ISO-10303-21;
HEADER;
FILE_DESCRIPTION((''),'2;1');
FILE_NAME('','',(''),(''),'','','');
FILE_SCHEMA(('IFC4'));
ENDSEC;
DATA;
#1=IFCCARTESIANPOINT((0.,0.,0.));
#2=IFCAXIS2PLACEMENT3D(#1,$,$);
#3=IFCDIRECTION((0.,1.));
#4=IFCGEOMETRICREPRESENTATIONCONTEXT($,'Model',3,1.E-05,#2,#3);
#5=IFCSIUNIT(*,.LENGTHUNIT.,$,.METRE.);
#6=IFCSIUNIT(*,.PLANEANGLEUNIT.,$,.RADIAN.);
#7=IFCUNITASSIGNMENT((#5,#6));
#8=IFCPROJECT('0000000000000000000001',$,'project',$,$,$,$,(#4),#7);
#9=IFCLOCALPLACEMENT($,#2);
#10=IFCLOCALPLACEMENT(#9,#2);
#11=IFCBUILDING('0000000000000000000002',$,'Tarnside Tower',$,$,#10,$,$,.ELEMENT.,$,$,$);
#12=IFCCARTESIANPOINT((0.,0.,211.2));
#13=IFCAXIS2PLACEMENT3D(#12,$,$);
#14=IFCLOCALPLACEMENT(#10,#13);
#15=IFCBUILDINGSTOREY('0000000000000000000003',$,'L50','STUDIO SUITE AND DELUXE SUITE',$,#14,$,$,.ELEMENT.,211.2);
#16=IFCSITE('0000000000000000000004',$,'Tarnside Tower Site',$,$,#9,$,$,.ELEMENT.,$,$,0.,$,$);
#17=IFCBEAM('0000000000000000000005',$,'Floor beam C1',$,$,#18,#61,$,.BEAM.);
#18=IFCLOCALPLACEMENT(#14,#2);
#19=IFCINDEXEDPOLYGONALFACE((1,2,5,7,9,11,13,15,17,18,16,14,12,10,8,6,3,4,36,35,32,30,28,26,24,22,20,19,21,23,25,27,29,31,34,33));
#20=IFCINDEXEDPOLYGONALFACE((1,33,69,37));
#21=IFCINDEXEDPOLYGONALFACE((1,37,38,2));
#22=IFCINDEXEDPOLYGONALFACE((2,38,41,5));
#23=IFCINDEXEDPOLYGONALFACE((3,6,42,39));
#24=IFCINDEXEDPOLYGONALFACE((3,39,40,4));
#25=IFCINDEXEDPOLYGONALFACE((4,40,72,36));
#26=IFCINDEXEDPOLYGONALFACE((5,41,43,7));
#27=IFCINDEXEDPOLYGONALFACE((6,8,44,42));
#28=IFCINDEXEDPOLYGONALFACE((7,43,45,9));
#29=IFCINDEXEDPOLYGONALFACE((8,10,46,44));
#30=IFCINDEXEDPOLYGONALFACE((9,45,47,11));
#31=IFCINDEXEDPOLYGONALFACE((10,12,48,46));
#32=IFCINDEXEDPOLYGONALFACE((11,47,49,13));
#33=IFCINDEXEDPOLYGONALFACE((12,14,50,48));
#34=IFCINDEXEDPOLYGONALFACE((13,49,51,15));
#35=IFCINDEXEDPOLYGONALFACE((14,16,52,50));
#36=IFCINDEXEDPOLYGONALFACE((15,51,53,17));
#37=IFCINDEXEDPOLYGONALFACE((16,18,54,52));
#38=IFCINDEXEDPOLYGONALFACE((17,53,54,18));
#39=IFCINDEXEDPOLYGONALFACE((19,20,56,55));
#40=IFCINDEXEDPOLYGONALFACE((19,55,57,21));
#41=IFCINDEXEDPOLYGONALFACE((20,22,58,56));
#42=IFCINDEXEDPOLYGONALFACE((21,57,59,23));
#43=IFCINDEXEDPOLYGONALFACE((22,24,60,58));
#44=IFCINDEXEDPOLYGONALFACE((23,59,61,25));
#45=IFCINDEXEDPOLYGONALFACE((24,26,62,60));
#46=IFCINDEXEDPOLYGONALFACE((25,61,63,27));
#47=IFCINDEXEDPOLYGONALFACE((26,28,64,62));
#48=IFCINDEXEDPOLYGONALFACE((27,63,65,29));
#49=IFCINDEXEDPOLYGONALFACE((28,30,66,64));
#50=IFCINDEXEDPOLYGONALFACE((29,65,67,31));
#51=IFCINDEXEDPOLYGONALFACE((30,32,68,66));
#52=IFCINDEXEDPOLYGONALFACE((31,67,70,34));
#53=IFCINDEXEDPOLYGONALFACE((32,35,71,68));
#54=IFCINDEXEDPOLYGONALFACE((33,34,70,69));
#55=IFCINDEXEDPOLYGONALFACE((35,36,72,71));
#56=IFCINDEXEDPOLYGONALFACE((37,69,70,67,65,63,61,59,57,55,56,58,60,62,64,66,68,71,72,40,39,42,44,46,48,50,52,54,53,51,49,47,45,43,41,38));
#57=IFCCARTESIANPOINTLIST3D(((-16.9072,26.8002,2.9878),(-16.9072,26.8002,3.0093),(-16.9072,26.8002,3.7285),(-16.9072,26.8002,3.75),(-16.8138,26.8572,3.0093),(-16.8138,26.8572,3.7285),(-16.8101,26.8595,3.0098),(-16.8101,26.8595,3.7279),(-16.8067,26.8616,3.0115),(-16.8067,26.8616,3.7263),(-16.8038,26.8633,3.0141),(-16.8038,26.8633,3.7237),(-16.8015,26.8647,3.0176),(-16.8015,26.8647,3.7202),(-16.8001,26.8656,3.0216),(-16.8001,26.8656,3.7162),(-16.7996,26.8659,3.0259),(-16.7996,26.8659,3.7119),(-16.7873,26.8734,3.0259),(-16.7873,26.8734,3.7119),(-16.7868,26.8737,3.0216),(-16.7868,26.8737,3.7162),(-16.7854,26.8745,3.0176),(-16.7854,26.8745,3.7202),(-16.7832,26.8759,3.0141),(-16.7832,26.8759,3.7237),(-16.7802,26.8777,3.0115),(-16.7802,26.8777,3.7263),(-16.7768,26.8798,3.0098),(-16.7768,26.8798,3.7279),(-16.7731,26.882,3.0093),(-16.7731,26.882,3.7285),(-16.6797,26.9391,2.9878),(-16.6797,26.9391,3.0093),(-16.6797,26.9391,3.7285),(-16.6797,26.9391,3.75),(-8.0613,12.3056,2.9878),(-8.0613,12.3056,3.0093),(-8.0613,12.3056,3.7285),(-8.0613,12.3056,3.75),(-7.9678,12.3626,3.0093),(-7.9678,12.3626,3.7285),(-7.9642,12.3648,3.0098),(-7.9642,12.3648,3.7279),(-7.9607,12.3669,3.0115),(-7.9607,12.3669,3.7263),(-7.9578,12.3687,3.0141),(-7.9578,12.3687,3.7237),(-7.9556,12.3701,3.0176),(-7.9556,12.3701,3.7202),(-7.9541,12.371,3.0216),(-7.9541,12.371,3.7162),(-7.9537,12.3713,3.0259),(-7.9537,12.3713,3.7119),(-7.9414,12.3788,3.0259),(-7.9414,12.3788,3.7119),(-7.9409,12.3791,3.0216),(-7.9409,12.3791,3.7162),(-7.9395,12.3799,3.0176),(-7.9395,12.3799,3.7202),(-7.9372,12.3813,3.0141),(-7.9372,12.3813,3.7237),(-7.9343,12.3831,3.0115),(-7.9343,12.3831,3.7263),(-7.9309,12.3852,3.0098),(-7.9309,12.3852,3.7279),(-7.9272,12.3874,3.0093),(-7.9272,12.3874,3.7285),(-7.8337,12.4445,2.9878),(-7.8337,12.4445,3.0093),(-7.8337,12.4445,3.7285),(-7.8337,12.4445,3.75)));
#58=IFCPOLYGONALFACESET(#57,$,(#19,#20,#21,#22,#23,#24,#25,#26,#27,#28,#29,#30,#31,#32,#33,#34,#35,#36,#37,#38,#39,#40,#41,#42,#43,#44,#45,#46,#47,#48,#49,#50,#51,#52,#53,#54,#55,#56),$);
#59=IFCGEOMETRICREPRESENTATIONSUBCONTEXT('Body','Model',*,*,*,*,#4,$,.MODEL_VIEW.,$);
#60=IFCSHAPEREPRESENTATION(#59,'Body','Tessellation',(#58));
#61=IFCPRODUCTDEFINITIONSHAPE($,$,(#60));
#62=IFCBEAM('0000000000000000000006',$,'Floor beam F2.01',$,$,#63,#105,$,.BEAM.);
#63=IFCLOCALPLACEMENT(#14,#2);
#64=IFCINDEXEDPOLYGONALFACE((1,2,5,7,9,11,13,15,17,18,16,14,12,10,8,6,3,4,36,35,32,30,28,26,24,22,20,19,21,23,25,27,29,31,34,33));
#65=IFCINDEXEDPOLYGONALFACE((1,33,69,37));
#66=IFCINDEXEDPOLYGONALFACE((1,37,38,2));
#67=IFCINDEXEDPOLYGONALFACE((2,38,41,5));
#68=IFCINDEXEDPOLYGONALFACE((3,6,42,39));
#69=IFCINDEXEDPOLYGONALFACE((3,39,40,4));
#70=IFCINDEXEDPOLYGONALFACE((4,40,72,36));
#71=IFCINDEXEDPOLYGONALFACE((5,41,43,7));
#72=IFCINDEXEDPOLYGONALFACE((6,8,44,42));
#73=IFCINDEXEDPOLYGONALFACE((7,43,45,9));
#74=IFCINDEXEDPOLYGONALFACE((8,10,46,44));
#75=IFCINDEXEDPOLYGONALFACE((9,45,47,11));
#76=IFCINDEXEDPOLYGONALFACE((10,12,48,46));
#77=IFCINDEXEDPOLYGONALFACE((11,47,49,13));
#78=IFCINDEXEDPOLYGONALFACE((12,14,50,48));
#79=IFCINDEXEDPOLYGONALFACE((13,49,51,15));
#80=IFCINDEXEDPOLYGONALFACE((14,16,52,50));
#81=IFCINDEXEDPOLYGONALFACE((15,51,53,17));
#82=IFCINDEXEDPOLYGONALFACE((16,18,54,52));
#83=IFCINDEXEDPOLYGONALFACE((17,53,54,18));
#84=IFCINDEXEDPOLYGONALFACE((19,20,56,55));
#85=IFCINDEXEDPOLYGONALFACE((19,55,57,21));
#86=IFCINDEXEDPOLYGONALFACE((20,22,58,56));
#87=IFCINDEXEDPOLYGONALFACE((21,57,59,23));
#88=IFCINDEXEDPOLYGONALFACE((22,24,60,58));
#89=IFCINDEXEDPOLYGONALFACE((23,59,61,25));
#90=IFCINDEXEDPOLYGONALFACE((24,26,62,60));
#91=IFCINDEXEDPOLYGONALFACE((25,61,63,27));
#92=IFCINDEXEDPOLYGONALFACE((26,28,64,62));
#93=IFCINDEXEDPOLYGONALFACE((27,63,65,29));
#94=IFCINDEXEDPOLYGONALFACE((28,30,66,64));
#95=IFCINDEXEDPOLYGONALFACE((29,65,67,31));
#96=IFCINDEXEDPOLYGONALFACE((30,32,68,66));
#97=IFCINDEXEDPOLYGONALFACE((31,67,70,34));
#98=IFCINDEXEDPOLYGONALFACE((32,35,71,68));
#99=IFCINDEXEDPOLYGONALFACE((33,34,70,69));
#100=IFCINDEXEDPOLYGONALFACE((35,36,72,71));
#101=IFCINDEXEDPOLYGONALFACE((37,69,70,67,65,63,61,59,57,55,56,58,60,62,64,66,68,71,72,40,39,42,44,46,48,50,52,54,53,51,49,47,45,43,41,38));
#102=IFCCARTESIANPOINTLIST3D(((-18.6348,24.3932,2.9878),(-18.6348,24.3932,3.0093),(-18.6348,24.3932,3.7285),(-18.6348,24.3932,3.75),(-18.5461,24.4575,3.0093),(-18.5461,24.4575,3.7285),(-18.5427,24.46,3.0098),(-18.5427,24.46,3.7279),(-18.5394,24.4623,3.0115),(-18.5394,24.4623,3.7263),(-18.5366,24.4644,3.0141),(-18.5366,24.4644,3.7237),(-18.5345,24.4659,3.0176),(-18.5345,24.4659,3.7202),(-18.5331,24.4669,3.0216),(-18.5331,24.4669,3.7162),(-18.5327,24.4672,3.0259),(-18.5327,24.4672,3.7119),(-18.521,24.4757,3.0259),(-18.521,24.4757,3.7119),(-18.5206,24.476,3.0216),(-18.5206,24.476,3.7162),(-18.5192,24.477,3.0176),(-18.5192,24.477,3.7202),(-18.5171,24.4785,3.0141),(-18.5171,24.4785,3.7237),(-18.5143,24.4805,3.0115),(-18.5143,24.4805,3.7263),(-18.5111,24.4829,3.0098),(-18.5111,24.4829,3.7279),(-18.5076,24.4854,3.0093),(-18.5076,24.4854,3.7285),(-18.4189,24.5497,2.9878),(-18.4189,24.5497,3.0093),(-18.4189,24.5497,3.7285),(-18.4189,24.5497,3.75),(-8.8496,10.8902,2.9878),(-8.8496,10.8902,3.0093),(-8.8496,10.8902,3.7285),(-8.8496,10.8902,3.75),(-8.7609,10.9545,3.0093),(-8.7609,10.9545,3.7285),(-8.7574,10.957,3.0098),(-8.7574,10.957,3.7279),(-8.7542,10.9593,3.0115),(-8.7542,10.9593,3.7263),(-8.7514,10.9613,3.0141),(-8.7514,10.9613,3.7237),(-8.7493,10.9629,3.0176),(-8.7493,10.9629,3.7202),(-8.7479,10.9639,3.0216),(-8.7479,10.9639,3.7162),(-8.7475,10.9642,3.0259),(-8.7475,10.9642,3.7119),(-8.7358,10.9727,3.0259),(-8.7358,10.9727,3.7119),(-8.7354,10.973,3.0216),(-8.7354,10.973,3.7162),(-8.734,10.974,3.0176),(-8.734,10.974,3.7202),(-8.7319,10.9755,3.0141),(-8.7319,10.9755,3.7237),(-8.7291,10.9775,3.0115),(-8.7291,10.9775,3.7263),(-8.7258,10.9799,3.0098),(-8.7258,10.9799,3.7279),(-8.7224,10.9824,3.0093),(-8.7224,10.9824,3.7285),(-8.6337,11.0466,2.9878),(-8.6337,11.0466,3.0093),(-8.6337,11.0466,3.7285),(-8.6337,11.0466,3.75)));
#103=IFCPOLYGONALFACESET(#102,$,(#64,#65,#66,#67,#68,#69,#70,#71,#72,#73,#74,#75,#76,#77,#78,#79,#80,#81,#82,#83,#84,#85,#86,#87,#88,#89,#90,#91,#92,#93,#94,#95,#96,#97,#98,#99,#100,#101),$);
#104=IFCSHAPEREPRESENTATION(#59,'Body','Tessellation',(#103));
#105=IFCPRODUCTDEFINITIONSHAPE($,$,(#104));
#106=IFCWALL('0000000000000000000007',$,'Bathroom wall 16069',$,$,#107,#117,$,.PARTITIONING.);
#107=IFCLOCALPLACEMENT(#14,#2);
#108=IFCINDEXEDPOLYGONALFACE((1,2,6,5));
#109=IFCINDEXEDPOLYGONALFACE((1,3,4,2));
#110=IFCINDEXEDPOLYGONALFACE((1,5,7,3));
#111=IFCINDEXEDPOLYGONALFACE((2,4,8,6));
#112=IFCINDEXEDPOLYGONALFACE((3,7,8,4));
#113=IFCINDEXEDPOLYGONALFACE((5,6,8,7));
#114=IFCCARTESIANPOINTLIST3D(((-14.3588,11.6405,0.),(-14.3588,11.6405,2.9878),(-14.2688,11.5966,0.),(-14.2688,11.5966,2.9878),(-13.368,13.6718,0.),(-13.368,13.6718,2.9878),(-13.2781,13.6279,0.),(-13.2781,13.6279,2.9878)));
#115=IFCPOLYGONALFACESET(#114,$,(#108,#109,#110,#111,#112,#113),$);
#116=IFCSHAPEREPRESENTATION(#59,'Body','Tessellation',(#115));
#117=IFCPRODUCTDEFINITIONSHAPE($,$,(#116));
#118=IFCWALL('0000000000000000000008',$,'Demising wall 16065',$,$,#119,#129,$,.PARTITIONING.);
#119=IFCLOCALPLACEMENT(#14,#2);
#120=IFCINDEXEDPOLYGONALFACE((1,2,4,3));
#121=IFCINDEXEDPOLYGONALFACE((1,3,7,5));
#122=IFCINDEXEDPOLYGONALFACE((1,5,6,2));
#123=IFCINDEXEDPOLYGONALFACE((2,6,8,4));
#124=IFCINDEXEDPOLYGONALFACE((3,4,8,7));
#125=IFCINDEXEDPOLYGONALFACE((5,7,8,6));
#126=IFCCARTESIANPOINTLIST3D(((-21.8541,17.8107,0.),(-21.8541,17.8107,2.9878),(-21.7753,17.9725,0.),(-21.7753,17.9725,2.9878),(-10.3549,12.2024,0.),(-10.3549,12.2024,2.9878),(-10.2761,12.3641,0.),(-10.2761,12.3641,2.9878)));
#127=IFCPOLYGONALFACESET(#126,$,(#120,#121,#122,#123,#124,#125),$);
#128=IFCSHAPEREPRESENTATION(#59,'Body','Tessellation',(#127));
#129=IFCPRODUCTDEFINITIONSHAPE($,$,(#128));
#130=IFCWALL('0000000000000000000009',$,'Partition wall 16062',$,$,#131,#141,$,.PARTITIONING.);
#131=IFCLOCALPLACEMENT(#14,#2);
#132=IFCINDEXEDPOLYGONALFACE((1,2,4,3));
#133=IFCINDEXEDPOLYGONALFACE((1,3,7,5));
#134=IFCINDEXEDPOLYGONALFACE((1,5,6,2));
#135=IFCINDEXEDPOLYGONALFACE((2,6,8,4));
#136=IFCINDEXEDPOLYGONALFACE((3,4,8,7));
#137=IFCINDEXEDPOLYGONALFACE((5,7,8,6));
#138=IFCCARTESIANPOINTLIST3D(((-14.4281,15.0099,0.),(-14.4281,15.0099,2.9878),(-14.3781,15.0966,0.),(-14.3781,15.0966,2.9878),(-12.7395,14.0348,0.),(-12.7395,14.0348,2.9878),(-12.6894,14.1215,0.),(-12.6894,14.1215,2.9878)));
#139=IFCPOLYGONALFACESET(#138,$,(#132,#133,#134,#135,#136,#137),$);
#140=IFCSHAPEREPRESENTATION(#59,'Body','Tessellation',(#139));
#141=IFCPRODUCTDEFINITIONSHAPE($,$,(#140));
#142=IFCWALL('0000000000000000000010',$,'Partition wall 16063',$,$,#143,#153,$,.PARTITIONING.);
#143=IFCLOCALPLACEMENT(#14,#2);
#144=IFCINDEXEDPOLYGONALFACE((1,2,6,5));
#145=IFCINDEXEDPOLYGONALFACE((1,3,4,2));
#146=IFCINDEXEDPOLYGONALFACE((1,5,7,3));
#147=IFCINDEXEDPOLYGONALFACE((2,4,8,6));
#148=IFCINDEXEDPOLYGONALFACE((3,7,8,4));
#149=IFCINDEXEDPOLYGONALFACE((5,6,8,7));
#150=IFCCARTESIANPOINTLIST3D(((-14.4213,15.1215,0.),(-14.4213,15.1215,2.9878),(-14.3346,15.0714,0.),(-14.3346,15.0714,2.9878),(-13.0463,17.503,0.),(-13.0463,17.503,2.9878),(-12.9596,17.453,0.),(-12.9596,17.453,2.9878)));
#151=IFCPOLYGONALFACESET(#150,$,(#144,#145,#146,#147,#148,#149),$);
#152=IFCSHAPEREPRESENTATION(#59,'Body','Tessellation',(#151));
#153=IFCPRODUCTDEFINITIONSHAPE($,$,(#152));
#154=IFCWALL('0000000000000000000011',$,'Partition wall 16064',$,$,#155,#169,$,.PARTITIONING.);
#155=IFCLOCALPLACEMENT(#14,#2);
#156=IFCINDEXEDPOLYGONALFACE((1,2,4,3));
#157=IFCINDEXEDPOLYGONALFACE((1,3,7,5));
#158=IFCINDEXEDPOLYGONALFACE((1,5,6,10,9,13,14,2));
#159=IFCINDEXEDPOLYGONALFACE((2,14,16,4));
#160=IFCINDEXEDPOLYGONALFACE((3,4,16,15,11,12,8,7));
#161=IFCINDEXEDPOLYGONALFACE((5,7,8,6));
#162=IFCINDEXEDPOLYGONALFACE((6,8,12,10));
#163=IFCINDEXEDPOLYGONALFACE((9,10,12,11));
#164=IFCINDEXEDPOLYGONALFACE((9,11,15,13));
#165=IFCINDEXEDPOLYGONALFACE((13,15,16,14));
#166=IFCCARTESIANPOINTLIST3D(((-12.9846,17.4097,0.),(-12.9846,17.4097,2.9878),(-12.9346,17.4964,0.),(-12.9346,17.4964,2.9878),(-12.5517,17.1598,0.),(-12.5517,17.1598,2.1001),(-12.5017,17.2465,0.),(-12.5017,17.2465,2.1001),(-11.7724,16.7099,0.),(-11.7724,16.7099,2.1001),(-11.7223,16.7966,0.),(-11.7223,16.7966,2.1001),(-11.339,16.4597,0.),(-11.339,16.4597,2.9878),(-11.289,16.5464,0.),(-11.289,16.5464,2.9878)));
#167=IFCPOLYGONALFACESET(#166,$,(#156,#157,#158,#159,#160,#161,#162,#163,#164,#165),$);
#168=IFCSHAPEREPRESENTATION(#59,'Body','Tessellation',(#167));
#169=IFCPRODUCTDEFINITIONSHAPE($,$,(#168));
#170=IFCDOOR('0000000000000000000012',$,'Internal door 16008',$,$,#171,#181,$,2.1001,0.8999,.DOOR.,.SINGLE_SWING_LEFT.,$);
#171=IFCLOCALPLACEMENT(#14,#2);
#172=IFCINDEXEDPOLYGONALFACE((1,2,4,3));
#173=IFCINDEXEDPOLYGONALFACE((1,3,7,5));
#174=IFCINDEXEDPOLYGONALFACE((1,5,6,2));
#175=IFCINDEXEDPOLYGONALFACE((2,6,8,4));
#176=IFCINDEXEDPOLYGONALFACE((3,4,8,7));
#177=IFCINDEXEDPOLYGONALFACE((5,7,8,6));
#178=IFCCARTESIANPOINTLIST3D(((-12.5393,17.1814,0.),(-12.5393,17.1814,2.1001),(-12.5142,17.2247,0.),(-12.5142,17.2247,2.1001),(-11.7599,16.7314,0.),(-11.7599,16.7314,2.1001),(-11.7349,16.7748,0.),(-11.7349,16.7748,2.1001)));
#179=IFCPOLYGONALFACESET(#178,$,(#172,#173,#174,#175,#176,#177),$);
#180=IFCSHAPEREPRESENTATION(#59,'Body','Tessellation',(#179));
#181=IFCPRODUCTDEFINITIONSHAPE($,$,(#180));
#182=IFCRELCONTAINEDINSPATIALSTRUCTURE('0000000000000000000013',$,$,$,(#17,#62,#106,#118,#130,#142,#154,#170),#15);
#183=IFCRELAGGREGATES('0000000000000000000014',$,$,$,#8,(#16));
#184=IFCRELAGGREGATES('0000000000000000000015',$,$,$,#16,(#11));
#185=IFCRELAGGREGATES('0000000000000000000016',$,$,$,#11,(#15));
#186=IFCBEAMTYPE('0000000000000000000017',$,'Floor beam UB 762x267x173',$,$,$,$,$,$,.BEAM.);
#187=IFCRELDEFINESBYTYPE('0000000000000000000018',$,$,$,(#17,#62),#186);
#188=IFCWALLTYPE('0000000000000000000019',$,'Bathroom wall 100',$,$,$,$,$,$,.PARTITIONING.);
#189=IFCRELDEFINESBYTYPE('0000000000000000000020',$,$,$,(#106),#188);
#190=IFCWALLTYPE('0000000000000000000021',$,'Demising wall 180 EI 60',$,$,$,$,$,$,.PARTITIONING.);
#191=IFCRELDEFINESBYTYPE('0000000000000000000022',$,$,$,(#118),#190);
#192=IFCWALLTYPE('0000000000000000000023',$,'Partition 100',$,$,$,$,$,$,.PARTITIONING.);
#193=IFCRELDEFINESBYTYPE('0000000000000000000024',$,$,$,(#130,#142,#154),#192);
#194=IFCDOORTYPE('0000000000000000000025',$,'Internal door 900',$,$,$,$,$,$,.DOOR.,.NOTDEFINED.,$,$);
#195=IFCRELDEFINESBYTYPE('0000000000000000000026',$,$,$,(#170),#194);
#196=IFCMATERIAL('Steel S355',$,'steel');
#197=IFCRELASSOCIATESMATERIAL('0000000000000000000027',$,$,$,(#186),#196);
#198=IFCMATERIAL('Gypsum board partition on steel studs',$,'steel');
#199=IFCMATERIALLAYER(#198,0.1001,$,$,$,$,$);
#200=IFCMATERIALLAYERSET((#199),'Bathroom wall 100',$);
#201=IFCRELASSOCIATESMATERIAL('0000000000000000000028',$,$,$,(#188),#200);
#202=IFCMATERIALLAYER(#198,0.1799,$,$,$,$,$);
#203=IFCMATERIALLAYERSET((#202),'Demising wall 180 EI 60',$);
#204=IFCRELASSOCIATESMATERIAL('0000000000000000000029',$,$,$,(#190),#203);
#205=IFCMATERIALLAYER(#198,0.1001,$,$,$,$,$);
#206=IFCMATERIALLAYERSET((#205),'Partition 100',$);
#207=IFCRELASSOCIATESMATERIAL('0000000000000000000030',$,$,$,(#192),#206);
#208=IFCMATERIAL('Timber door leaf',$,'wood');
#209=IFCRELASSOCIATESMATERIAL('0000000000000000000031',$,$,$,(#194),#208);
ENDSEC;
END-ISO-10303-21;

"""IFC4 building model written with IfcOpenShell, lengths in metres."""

from ifc_helpers import new_model, si_unit, direction, frame, frame_2d, origin, origin_2d, place, context, subcontext, project, spatial, rectangle, i_section, extrude, material, layer, layer_set, material_profile, profile_set, type_object, element, fill, save


model = new_model("IFC4")

# Units and contexts
model_context = context("Model", 3, precision=1e-05, world=origin(), true_north=direction((0.0, 1.0)))
body_context = subcontext(model_context, "Body", "Model", "MODEL_VIEW")
ifc_project = project(units=[si_unit("LENGTHUNIT", "METRE"), si_unit("PLANEANGLEUNIT", "RADIAN")], contexts=[model_context])

# Site, building, storey
site_placement = place(None, origin())
site = spatial("IfcSite", under=ifc_project, at=site_placement, Name="Tarnside Tower Site", CompositionType="ELEMENT", RefElevation=0.0)
building_placement = place(site_placement, origin())
building = spatial("IfcBuilding", under=site, at=building_placement, Name="Tarnside Tower", CompositionType="ELEMENT")
storey_placement = place(building_placement, frame((0.0, 0.0, 211.2)))
storey = spatial("IfcBuildingStorey", under=building, at=storey_placement, Name="L50", Description="STUDIO SUITE AND DELUXE SUITE", CompositionType="ELEMENT", Elevation=211.2)

# Beams
ifc_material_1 = material(Name="Steel S355", Category="steel")
ifc_material_profile_1 = material_profile(ifc_material_1, i_section(OverallWidth=0.2666, OverallDepth=0.7622, WebThickness=0.0144, FlangeThickness=0.0215, FilletRadius=0.0166, at=origin_2d()), Name="UB 762x267x173")
ifc_profile_set_1 = profile_set([ifc_material_profile_1], Name="Steel S355")
beam_type_1 = type_object("IfcBeamType", Name="Floor beam UB 762x267x173", PredefinedType="BEAM", material=ifc_profile_set_1)
beam_1_placement = place(storey_placement, frame((-16.7935, 26.8696, 3.3689), z_axis=(0.52094, -0.853593, 0.0), x_axis=(0.853593, 0.52094, 0.0)))
element("IfcBeam", 1, at=beam_1_placement, inside=storey, type_object=beam_type_1, Name="Floor beam C1", PredefinedType="BEAM", context=body_context, shape_type="SweptSolid", body=[
    extrude(i_section(OverallWidth=0.2666, OverallDepth=0.7622, WebThickness=0.0144, FlangeThickness=0.0215, FilletRadius=0.0166, at=origin_2d()), origin(), (0.0, 0.0, 1.0), 16.9807),
])
beam_2_placement = place(storey_placement, frame((-18.5269, 24.4714, 3.3689), z_axis=(0.586792, -0.809738, 0.0), x_axis=(0.809738, 0.586792, 0.0)))
element("IfcBeam", 2, at=beam_2_placement, inside=storey, type_object=beam_type_1, Name="Floor beam F2.01", PredefinedType="BEAM", context=body_context, shape_type="SweptSolid", body=[
    extrude(i_section(OverallWidth=0.2666, OverallDepth=0.7622, WebThickness=0.0144, FlangeThickness=0.0215, FilletRadius=0.0166, at=origin_2d()), origin(), (0.0, 0.0, 1.0), 16.6758),
])

# Walls
ifc_material_2 = material(Name="Gypsum board partition on steel studs", Category="steel")
ifc_layer_1 = layer(ifc_material_2, 0.1001)
ifc_layer_set_1 = layer_set([ifc_layer_1], Name="Bathroom wall 100")
wall_type_1 = type_object("IfcWallType", Name="Bathroom wall 100", PredefinedType="PARTITIONING", material=ifc_layer_set_1)
wall_1_placement = place(storey_placement, frame((-14.3137, 11.6187, 0.0), z_axis=(0.0, 0.0, 1.0), x_axis=(0.438377, 0.898791, 0.0)))
element("IfcWall", 3, at=wall_1_placement, inside=storey, type_object=wall_type_1, Name="Bathroom wall 16069", PredefinedType="PARTITIONING", context=body_context, shape_type="SweptSolid", body=[
    extrude(rectangle(XDim=2.26, YDim=0.1001, at=frame_2d((1.1299, 0.0))), origin(), (0.0, 0.0, 1.0), 2.9878),
])
ifc_layer_2 = layer(ifc_material_2, 0.1799)
ifc_layer_set_2 = layer_set([ifc_layer_2], Name="Demising wall 180 EI 60")
wall_type_2 = type_object("IfcWallType", Name="Demising wall 180 EI 60", PredefinedType="PARTITIONING", material=ifc_layer_set_2)
wall_2_placement = place(storey_placement, frame((-21.8147, 17.8916, 0.0), z_axis=(0.0, 0.0, 1.0), x_axis=(0.898799, -0.43836, 0.0)))
element("IfcWall", 4, at=wall_2_placement, inside=storey, type_object=wall_type_2, Name="Demising wall 16065", PredefinedType="PARTITIONING", context=body_context, shape_type="SweptSolid", body=[
    extrude(rectangle(XDim=12.7939, YDim=0.1799, at=frame_2d((6.397, 0.0))), origin(), (0.0, 0.0, 1.0), 2.9878),
])
ifc_layer_3 = layer(ifc_material_2, 0.1001)
ifc_layer_set_3 = layer_set([ifc_layer_3], Name="Partition 100")
wall_type_3 = type_object("IfcWallType", Name="Partition 100", PredefinedType="PARTITIONING", material=ifc_layer_set_3)
wall_3_placement = place(storey_placement, frame((-12.7144, 14.0781, 0.0), z_axis=(0.0, 0.0, 1.0), x_axis=(-0.866, 0.500044, 0.0)))
element("IfcWall", 5, at=wall_3_placement, inside=storey, type_object=wall_type_3, Name="Partition wall 16062", PredefinedType="PARTITIONING", context=body_context, shape_type="SweptSolid", body=[
    extrude(rectangle(XDim=1.95, YDim=0.1001, at=frame_2d((0.9751, 0.0))), origin(), (0.0, 0.0, 1.0), 2.9878),
])
wall_4_placement = place(storey_placement, frame((-14.3779, 15.0964, 0.0), z_axis=(0.0, 0.0, 1.0), x_axis=(0.499997, 0.866027, 0.0)))
element("IfcWall", 6, at=wall_4_placement, inside=storey, type_object=wall_type_3, Name="Partition wall 16063", PredefinedType="PARTITIONING", context=body_context, shape_type="SweptSolid", body=[
    extrude(rectangle(XDim=2.75, YDim=0.1001, at=frame_2d((1.375, 0.0))), origin(), (0.0, 0.0, 1.0), 2.9878),
])

# Wall, opening, door
wall_5_placement = place(storey_placement, frame((-12.9597, 17.4531, 0.0), z_axis=(0.0, 0.0, 1.0), x_axis=(0.866044, -0.499967, 0.0)))
wall_5 = element("IfcWall", 7, at=wall_5_placement, inside=storey, type_object=wall_type_3, Name="Partition wall 16064", PredefinedType="PARTITIONING", context=body_context, shape_type="SweptSolid", body=[
    extrude(rectangle(XDim=1.9001, YDim=0.1001, at=frame_2d((0.9502, 0.0))), origin(), (0.0, 0.0, 1.0), 2.9878),
])
opening_1_placement = place(wall_5_placement, frame((0.5, 0.0, 0.0)))
opening_1 = element("IfcOpeningElement", 8, at=opening_1_placement, cuts=wall_5, PredefinedType="OPENING", context=body_context, shape_type="SweptSolid", body=[
    extrude(rectangle(XDim=0.8999, YDim=2.1001, at=frame_2d((0.45, 1.05))), frame((0.0, 0.0601, 0.0), z_axis=(0.0, -1.0, 0.0), x_axis=(1.0, 0.0, 0.0)), (0.0, 0.0, 1.0), 0.1201),
])
ifc_material_3 = material(Name="Timber door leaf", Category="wood")
door_type = type_object("IfcDoorType", Name="Internal door 900", OperationType="NOTDEFINED", PredefinedType="DOOR", material=ifc_material_3)
door_placement = place(opening_1_placement, origin())
door = element("IfcDoor", 9, at=door_placement, inside=storey, type_object=door_type, Name="Internal door 16008", OperationType="SINGLE_SWING_LEFT", OverallHeight=2.1001, OverallWidth=0.8999, PredefinedType="DOOR", context=body_context, shape_type="SweptSolid", body=[
    extrude(rectangle(XDim=0.8999, YDim=2.1001, at=frame_2d((0.45, 1.05))), frame((0.0, 0.0249, 0.0), z_axis=(0.0, -1.0, 0.0), x_axis=(1.0, 0.0, 0.0)), (0.0, 0.0, 1.0), 0.05),
])
fill(opening_1, door)

save(model, "model.ifc")
